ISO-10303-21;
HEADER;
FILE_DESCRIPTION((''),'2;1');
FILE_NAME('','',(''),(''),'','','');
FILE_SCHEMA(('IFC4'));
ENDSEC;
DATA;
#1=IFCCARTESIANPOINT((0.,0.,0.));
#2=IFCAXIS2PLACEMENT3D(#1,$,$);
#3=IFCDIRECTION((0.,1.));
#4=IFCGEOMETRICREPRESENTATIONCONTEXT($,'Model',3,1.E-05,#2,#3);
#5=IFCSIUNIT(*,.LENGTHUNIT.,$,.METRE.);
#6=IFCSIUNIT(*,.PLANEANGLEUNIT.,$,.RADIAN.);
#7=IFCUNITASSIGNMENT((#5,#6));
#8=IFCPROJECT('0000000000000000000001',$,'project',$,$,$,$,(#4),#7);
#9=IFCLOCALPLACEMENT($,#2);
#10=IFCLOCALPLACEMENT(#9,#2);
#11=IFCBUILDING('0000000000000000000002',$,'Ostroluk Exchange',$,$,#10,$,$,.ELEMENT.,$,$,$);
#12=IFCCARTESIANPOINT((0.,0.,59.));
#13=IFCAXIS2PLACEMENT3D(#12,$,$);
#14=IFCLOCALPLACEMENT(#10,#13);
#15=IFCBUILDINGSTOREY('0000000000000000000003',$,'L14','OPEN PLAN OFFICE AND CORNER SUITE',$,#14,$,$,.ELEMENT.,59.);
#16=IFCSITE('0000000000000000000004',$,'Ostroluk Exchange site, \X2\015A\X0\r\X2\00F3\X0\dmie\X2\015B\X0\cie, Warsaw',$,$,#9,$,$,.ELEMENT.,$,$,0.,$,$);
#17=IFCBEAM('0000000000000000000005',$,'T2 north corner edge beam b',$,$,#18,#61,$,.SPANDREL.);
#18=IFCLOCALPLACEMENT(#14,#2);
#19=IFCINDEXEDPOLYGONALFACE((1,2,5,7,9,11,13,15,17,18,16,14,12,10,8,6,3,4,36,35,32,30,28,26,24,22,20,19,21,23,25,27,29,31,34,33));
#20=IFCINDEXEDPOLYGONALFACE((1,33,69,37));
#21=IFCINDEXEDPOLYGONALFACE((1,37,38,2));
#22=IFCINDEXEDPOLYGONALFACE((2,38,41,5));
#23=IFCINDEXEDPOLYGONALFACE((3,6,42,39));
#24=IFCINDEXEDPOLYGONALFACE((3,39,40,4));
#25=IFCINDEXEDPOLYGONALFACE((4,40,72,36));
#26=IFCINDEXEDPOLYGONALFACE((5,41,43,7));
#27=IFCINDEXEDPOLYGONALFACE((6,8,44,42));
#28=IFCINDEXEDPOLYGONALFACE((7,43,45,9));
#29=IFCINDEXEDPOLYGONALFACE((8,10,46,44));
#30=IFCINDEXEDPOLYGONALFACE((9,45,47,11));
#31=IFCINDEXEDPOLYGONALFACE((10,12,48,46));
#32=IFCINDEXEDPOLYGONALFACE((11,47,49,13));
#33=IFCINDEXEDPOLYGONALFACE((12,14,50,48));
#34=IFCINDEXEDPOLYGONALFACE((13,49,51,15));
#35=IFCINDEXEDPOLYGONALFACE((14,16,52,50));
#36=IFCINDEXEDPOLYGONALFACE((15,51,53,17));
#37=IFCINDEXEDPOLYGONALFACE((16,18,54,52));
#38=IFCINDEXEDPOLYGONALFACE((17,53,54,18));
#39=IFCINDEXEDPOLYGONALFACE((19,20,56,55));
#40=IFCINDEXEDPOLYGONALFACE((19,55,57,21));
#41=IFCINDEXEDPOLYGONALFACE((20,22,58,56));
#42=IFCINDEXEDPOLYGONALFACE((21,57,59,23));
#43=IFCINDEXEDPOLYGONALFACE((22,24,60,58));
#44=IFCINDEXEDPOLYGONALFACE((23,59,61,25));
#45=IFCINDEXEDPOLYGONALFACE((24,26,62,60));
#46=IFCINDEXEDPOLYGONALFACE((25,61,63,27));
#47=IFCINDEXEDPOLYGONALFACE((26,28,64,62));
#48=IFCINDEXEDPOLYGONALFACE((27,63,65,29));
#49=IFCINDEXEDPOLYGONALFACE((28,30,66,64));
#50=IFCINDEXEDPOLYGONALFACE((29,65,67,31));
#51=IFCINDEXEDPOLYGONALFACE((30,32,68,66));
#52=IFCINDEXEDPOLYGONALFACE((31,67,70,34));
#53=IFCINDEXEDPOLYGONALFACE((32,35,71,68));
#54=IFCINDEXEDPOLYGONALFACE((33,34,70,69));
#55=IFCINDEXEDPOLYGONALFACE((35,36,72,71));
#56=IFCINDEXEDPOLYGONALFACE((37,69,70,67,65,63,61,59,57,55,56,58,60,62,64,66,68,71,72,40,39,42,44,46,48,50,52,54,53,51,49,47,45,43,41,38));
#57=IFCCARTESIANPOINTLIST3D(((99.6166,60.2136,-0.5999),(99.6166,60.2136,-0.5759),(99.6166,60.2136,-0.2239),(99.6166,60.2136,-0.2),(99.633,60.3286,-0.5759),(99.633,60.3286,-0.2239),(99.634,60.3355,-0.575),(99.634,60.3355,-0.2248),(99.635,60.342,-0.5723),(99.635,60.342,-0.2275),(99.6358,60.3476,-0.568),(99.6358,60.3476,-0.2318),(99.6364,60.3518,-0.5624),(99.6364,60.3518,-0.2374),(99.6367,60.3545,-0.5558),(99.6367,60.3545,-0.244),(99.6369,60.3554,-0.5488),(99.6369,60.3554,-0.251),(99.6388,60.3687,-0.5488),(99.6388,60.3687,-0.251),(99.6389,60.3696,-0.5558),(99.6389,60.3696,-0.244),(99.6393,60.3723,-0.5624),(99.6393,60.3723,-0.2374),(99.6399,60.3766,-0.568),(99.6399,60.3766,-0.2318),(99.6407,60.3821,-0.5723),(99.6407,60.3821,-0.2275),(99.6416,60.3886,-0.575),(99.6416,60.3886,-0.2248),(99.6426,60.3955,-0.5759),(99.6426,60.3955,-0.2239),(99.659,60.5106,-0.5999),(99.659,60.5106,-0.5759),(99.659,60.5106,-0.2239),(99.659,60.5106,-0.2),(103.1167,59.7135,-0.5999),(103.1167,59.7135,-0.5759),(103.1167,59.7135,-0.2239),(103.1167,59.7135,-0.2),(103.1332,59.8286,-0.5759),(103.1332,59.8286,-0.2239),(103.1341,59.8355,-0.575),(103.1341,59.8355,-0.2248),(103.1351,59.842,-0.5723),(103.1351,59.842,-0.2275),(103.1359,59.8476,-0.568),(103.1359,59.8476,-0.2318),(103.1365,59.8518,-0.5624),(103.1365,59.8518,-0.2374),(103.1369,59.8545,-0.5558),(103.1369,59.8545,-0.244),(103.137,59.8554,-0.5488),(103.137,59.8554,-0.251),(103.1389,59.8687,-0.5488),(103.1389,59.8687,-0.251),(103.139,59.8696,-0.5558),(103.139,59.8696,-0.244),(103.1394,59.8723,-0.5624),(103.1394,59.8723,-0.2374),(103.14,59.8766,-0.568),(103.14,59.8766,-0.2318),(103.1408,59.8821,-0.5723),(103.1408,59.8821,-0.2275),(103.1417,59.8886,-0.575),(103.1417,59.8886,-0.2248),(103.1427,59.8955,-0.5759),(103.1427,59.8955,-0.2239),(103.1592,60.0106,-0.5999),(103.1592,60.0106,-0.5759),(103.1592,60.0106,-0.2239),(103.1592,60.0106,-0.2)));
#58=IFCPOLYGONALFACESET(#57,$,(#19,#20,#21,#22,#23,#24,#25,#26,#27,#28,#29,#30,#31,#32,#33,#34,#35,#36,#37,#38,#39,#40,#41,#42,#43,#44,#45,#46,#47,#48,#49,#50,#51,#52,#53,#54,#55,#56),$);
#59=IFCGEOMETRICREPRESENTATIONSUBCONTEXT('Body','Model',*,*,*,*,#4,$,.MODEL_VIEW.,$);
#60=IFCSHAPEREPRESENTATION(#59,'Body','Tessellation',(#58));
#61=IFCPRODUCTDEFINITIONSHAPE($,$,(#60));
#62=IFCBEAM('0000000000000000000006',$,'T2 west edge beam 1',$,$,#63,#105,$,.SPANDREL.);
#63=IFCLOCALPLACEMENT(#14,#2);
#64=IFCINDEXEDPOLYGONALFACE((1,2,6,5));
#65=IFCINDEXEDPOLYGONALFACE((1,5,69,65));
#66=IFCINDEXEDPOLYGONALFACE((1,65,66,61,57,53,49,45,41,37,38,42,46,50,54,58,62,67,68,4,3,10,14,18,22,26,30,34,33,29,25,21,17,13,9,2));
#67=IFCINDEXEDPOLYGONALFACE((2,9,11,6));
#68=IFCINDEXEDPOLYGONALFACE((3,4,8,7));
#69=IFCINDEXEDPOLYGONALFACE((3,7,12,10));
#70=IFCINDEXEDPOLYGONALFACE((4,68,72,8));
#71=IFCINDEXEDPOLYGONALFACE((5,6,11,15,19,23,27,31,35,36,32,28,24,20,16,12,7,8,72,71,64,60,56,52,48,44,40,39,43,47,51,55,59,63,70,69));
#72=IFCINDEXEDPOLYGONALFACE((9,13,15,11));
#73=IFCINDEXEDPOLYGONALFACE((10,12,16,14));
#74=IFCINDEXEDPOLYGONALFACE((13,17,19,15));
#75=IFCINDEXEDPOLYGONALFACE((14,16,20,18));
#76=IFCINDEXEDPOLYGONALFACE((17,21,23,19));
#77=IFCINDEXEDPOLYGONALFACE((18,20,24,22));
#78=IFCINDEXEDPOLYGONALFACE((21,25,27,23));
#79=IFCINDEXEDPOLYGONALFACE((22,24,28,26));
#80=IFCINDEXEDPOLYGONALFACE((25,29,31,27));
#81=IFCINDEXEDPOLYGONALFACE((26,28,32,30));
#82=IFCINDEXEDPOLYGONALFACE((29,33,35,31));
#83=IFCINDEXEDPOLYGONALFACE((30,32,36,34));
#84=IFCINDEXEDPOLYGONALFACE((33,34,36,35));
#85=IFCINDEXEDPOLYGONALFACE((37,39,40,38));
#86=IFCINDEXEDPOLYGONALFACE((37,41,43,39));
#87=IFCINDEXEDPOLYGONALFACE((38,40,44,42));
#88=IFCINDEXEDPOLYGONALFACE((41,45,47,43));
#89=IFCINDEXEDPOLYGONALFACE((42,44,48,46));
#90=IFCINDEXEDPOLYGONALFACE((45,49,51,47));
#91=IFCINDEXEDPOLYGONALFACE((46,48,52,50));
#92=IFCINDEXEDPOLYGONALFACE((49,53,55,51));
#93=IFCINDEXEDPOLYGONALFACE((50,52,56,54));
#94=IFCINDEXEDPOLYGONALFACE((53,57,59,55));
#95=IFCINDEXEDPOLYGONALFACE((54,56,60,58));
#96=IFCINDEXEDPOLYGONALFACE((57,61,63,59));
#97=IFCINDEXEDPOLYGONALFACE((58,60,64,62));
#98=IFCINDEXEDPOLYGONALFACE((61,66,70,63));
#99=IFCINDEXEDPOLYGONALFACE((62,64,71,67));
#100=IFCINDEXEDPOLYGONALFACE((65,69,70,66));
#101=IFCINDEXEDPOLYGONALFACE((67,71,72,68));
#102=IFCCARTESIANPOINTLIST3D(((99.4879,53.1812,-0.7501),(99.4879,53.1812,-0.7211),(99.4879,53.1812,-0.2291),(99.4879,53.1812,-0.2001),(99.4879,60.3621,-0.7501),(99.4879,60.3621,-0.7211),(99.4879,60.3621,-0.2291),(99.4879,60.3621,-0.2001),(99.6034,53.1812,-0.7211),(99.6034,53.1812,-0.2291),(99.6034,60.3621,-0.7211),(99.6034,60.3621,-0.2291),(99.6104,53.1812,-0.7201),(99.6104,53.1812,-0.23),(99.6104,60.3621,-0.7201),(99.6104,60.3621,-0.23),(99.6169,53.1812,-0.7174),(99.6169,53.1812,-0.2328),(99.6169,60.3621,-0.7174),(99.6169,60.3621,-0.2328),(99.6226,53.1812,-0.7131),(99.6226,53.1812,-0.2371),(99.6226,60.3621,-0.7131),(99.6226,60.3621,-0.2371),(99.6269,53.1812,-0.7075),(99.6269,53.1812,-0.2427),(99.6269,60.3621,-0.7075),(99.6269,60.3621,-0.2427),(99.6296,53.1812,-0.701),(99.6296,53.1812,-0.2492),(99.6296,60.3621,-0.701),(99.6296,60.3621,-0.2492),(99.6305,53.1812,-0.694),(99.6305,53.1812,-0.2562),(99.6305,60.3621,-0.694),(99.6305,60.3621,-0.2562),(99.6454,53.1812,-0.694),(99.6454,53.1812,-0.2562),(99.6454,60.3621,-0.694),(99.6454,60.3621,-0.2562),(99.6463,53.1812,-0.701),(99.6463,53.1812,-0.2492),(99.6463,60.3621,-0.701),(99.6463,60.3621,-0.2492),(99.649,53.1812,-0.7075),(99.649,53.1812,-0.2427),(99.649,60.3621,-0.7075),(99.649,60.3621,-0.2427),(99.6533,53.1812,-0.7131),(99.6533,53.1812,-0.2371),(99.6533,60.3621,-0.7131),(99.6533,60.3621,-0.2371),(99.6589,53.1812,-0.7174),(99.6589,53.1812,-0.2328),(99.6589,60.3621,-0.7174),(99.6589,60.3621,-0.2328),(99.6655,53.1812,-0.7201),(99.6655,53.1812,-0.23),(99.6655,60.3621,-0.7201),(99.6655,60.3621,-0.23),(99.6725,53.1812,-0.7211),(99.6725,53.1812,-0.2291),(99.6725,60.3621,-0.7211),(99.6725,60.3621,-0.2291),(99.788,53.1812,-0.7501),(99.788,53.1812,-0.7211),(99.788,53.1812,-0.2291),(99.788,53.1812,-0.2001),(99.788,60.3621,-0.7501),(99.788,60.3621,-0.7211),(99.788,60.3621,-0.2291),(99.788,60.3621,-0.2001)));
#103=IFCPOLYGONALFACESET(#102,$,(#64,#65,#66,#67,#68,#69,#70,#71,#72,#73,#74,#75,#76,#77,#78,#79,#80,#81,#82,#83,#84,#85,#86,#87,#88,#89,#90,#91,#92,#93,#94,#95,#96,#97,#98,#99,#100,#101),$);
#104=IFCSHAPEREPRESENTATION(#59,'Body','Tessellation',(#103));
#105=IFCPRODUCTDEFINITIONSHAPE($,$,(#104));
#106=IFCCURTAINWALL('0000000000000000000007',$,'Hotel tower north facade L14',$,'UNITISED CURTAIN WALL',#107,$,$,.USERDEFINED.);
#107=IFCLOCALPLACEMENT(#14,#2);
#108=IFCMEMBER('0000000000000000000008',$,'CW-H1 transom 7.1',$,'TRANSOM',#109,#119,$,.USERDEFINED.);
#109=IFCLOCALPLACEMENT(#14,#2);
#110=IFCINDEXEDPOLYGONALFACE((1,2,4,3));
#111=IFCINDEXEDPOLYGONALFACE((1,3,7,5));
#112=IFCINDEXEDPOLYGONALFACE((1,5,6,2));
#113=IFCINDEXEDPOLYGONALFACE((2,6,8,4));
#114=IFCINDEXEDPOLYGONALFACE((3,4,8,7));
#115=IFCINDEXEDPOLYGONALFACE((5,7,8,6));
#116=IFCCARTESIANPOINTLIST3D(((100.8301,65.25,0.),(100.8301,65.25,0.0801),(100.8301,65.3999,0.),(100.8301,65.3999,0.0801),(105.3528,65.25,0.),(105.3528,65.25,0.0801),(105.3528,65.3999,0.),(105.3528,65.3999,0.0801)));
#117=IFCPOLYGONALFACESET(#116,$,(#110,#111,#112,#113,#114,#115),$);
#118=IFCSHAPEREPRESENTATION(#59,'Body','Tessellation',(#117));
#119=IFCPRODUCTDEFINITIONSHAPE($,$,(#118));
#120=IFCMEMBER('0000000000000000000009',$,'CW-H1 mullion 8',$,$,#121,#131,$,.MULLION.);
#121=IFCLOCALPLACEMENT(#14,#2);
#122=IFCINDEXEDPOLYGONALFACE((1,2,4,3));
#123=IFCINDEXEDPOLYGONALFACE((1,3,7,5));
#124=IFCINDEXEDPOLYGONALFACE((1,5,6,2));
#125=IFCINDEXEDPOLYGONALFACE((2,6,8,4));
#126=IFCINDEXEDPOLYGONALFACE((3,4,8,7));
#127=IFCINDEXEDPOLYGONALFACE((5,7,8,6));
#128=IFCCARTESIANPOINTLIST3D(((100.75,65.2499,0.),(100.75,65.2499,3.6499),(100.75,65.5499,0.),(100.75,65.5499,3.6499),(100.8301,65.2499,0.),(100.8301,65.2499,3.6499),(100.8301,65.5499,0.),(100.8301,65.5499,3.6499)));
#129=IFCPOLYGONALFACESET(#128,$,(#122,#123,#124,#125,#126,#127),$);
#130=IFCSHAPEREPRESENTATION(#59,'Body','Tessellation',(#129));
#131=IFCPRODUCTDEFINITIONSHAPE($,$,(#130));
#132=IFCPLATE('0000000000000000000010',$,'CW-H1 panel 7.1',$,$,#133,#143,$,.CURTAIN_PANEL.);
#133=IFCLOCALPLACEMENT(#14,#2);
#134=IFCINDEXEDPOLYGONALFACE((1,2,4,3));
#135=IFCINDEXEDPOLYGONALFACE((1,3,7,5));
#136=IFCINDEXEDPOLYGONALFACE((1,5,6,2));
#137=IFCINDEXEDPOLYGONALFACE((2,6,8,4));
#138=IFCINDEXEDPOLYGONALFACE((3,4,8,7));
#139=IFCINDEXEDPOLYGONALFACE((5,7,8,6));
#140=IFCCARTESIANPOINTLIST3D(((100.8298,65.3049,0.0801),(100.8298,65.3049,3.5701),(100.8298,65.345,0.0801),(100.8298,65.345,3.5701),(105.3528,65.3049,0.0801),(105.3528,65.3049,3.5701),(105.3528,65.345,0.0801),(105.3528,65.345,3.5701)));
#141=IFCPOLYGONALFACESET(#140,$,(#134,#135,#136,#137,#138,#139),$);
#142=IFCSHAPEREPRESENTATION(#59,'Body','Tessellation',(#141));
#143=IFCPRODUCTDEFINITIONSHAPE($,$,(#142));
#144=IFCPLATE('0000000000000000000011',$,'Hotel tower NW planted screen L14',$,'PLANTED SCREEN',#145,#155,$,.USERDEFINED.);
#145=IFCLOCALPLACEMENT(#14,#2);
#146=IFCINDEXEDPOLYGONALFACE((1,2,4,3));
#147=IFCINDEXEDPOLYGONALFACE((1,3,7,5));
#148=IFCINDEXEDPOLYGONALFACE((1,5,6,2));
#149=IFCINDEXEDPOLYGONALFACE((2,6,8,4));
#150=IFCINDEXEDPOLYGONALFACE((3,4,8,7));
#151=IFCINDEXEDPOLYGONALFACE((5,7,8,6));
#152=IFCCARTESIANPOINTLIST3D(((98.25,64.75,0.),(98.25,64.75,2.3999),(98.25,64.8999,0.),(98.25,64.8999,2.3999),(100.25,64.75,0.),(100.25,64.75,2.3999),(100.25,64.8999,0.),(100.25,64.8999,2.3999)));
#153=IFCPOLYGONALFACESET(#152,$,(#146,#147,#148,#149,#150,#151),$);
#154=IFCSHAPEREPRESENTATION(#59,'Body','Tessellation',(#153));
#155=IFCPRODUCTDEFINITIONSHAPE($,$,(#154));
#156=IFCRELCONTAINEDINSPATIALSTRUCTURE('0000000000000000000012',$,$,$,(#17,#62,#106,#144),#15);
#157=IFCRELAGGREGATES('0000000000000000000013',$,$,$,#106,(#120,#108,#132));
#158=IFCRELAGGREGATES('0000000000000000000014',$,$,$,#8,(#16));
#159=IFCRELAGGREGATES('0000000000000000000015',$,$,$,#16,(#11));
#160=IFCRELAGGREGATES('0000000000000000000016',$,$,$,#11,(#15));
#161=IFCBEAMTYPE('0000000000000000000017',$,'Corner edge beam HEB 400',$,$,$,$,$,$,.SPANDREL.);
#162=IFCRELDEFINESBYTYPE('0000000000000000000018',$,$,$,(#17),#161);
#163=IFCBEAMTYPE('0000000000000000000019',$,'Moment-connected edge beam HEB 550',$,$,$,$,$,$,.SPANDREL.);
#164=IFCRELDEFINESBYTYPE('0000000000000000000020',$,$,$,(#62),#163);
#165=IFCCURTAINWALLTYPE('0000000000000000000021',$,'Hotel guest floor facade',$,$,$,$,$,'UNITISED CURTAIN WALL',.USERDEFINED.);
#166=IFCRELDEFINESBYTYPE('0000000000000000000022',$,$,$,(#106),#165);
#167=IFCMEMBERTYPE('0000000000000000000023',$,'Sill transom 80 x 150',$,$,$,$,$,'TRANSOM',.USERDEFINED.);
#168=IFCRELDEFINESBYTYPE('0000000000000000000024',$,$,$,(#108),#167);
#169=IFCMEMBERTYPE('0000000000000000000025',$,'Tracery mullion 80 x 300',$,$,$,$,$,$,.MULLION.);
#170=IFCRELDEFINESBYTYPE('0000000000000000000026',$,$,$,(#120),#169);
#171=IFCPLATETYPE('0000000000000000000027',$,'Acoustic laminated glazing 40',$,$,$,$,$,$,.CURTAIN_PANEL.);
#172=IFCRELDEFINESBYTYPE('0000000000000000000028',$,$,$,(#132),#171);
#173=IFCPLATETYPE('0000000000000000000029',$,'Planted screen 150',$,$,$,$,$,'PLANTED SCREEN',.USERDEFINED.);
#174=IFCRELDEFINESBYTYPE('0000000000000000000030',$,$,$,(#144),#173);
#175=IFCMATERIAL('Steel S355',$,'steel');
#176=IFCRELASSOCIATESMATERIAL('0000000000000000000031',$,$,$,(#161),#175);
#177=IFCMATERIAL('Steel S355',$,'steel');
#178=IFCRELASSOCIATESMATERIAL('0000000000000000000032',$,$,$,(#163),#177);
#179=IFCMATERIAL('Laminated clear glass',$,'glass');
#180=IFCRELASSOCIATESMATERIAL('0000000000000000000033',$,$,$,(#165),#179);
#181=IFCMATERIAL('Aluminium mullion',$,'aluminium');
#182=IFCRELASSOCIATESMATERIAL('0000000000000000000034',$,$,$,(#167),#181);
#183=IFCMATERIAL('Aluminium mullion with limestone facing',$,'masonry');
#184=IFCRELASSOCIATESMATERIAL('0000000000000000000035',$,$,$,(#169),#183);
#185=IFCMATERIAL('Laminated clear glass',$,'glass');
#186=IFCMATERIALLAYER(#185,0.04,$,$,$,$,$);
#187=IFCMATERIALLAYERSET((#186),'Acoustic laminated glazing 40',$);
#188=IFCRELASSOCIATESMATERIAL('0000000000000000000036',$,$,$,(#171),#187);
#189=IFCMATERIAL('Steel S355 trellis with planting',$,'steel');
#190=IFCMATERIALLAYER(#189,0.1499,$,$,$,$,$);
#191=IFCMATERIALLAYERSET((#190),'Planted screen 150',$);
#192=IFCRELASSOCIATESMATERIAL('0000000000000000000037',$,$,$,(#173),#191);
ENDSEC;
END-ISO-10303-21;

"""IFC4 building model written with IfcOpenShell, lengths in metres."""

from ifc_helpers import new_model, si_unit, direction, frame, origin, origin_2d, place, context, subcontext, project, spatial, rectangle, i_section, extrude, material, layer, layer_set, material_profile, profile_set, type_object, element, aggregate, save


model = new_model("IFC4")

# Units and contexts
model_context = context("Model", 3, precision=1e-05, world=origin(), true_north=direction((0.0, 1.0)))
body_context = subcontext(model_context, "Body", "Model", "MODEL_VIEW")
ifc_project = project(units=[si_unit("LENGTHUNIT", "METRE"), si_unit("PLANEANGLEUNIT", "RADIAN")], contexts=[model_context])

# Site, building, storey
site_placement = place(None, origin())
site = spatial("IfcSite", under=ifc_project, at=site_placement, Name="Ostroluk Exchange site, Śródmieście, Warsaw", CompositionType="ELEMENT", RefElevation=0.0)
building_placement = place(site_placement, origin())
building = spatial("IfcBuilding", under=site, at=building_placement, Name="Ostroluk Exchange", CompositionType="ELEMENT")
storey_placement = place(building_placement, frame((0.0, 0.0, 59.0)))
storey = spatial("IfcBuildingStorey", under=building, at=storey_placement, Name="L14", Description="OPEN PLAN OFFICE AND CORNER SUITE", CompositionType="ELEMENT", Elevation=59.0)

# Beams
ifc_material_1 = material(Name="Steel S355", Category="steel")
ifc_material_profile_1 = material_profile(ifc_material_1, i_section(OverallWidth=0.3, OverallDepth=0.3999, WebThickness=0.0134, FlangeThickness=0.0239, FilletRadius=0.0271, at=origin_2d()), Name="HEB 400")
ifc_profile_set_1 = profile_set([ifc_material_profile_1], Name="Steel S355")
beam_type_1 = type_object("IfcBeamType", Name="Corner edge beam HEB 400", PredefinedType="SPANDREL", material=ifc_profile_set_1)
for number, where, z_axis, x_axis, name in (
    (1, (103.1379, 59.8621, -0.3999), (-0.989949, 0.141421, 0.0), (-0.141421, -0.989949, 0.0), "T2 north corner edge beam b"),
):
    element("IfcBeam", number, at=place(storey_placement, frame(where, z_axis=z_axis, x_axis=x_axis)), inside=storey, type_object=beam_type_1, Name=name, PredefinedType="SPANDREL", context=body_context, shape_type="SweptSolid", body=[
        extrude(i_section(OverallWidth=0.3, OverallDepth=0.3999, WebThickness=0.0134, FlangeThickness=0.0239, FilletRadius=0.0271, at=origin_2d()), origin(), (0.0, 0.0, 1.0), 3.5356),
    ])
ifc_material_2 = material(Name="Steel S355", Category="steel")
ifc_material_profile_2 = material_profile(ifc_material_2, i_section(OverallWidth=0.3, OverallDepth=0.55, WebThickness=0.0149, FlangeThickness=0.0291, FilletRadius=0.0271, at=origin_2d()), Name="HEB 550")
ifc_profile_set_2 = profile_set([ifc_material_profile_2], Name="Steel S355")
beam_type_2 = type_object("IfcBeamType", Name="Moment-connected edge beam HEB 550", PredefinedType="SPANDREL", material=ifc_profile_set_2)
beam_1_placement = place(storey_placement, frame((99.6379, 60.3621, -0.4751), z_axis=(0.0, -1.0, 0.0), x_axis=(1.0, 0.0, 0.0)))
element("IfcBeam", 2, at=beam_1_placement, inside=storey, type_object=beam_type_2, Name="T2 west edge beam 1", PredefinedType="SPANDREL", context=body_context, shape_type="SweptSolid", body=[
    extrude(i_section(OverallWidth=0.3, OverallDepth=0.55, WebThickness=0.0149, FlangeThickness=0.0291, FilletRadius=0.0271, at=origin_2d()), origin(), (0.0, 0.0, 1.0), 7.1809),
])

# Curtain wall, members, plate
ifc_material_3 = material(Name="Laminated clear glass", Category="glass")
curtain_wall_type = type_object("IfcCurtainWallType", Name="Hotel guest floor facade", ElementType="UNITISED CURTAIN WALL", PredefinedType="USERDEFINED", material=ifc_material_3)
curtain_wall_placement = place(storey_placement, origin())
curtain_wall = element("IfcCurtainWall", 3, at=curtain_wall_placement, inside=storey, type_object=curtain_wall_type, Name="Hotel tower north facade L14", ObjectType="UNITISED CURTAIN WALL", PredefinedType="USERDEFINED")
ifc_material_4 = material(Name="Aluminium mullion", Category="aluminium")
ifc_material_profile_3 = material_profile(ifc_material_4, rectangle(XDim=0.1499, YDim=0.0801, at=origin_2d()), Name="Sill transom 80 x 150")
ifc_profile_set_3 = profile_set([ifc_material_profile_3], Name="Aluminium mullion")
member_type_1 = type_object("IfcMemberType", Name="Sill transom 80 x 150", ElementType="TRANSOM", PredefinedType="USERDEFINED", material=ifc_profile_set_3)
member_1_placement = place(storey_placement, frame((105.3528, 65.325, 0.04), z_axis=(-1.0, 0.0, 0.0), x_axis=(0.0, -1.0, 0.0)))
member_1 = element("IfcMember", 4, at=member_1_placement, type_object=member_type_1, Name="CW-H1 transom 7.1", ObjectType="TRANSOM", PredefinedType="USERDEFINED", context=body_context, shape_type="SweptSolid", body=[
    extrude(rectangle(XDim=0.1499, YDim=0.0801, at=origin_2d()), origin(), (0.0, 0.0, 1.0), 4.5227),
])
ifc_material_5 = material(Name="Aluminium mullion with limestone facing", Category="masonry")
ifc_material_profile_4 = material_profile(ifc_material_5, rectangle(XDim=0.3, YDim=0.0801, at=origin_2d()), Name="Tracery mullion 80 x 300")
ifc_profile_set_4 = profile_set([ifc_material_profile_4], Name="Aluminium mullion with limestone facing")
member_type_2 = type_object("IfcMemberType", Name="Tracery mullion 80 x 300", PredefinedType="MULLION", material=ifc_profile_set_4)
member_2_placement = place(storey_placement, frame((100.79, 65.3999, 0.0), z_axis=(0.0, 0.0, 1.0), x_axis=(0.0, -1.0, 0.0)))
member_2 = element("IfcMember", 5, at=member_2_placement, type_object=member_type_2, Name="CW-H1 mullion 8", PredefinedType="MULLION", context=body_context, shape_type="SweptSolid", body=[
    extrude(rectangle(XDim=0.3, YDim=0.0801, at=origin_2d()), origin(), (0.0, 0.0, 1.0), 3.6499),
])
ifc_material_6 = material(Name="Laminated clear glass", Category="glass")
ifc_layer_1 = layer(ifc_material_6, 0.04)
ifc_layer_set_1 = layer_set([ifc_layer_1], Name="Acoustic laminated glazing 40")
plate_type_1 = type_object("IfcPlateType", Name="Acoustic laminated glazing 40", PredefinedType="CURTAIN_PANEL", material=ifc_layer_set_1)
plate_1_placement = place(storey_placement, frame((103.0913, 65.325, 0.0801), z_axis=(0.0, 0.0, 1.0), x_axis=(-1.0, 0.0, 0.0)))
plate_1 = element("IfcPlate", 6, at=plate_1_placement, type_object=plate_type_1, Name="CW-H1 panel 7.1", PredefinedType="CURTAIN_PANEL", context=body_context, shape_type="SweptSolid", body=[
    extrude(rectangle(XDim=4.5229, YDim=0.04, at=origin_2d()), origin(), (0.0, 0.0, 1.0), 3.49),
])
aggregate(curtain_wall, [member_2, member_1, plate_1])

# Plate
ifc_material_7 = material(Name="Steel S355 trellis with planting", Category="steel")
ifc_layer_2 = layer(ifc_material_7, 0.1499)
ifc_layer_set_2 = layer_set([ifc_layer_2], Name="Planted screen 150")
plate_type_2 = type_object("IfcPlateType", Name="Planted screen 150", ElementType="PLANTED SCREEN", PredefinedType="USERDEFINED", material=ifc_layer_set_2)
plate_2_placement = place(storey_placement, frame((99.25, 64.825, 0.0), z_axis=(0.0, 0.0, 1.0), x_axis=(1.0, 0.0, 0.0)))
element("IfcPlate", 7, at=plate_2_placement, inside=storey, type_object=plate_type_2, Name="Hotel tower NW planted screen L14", ObjectType="PLANTED SCREEN", PredefinedType="USERDEFINED", context=body_context, shape_type="SweptSolid", body=[
    extrude(rectangle(XDim=2.0, YDim=0.1499, at=origin_2d()), origin(), (0.0, 0.0, 1.0), 2.3999),
])

save(model, "model.ifc")
